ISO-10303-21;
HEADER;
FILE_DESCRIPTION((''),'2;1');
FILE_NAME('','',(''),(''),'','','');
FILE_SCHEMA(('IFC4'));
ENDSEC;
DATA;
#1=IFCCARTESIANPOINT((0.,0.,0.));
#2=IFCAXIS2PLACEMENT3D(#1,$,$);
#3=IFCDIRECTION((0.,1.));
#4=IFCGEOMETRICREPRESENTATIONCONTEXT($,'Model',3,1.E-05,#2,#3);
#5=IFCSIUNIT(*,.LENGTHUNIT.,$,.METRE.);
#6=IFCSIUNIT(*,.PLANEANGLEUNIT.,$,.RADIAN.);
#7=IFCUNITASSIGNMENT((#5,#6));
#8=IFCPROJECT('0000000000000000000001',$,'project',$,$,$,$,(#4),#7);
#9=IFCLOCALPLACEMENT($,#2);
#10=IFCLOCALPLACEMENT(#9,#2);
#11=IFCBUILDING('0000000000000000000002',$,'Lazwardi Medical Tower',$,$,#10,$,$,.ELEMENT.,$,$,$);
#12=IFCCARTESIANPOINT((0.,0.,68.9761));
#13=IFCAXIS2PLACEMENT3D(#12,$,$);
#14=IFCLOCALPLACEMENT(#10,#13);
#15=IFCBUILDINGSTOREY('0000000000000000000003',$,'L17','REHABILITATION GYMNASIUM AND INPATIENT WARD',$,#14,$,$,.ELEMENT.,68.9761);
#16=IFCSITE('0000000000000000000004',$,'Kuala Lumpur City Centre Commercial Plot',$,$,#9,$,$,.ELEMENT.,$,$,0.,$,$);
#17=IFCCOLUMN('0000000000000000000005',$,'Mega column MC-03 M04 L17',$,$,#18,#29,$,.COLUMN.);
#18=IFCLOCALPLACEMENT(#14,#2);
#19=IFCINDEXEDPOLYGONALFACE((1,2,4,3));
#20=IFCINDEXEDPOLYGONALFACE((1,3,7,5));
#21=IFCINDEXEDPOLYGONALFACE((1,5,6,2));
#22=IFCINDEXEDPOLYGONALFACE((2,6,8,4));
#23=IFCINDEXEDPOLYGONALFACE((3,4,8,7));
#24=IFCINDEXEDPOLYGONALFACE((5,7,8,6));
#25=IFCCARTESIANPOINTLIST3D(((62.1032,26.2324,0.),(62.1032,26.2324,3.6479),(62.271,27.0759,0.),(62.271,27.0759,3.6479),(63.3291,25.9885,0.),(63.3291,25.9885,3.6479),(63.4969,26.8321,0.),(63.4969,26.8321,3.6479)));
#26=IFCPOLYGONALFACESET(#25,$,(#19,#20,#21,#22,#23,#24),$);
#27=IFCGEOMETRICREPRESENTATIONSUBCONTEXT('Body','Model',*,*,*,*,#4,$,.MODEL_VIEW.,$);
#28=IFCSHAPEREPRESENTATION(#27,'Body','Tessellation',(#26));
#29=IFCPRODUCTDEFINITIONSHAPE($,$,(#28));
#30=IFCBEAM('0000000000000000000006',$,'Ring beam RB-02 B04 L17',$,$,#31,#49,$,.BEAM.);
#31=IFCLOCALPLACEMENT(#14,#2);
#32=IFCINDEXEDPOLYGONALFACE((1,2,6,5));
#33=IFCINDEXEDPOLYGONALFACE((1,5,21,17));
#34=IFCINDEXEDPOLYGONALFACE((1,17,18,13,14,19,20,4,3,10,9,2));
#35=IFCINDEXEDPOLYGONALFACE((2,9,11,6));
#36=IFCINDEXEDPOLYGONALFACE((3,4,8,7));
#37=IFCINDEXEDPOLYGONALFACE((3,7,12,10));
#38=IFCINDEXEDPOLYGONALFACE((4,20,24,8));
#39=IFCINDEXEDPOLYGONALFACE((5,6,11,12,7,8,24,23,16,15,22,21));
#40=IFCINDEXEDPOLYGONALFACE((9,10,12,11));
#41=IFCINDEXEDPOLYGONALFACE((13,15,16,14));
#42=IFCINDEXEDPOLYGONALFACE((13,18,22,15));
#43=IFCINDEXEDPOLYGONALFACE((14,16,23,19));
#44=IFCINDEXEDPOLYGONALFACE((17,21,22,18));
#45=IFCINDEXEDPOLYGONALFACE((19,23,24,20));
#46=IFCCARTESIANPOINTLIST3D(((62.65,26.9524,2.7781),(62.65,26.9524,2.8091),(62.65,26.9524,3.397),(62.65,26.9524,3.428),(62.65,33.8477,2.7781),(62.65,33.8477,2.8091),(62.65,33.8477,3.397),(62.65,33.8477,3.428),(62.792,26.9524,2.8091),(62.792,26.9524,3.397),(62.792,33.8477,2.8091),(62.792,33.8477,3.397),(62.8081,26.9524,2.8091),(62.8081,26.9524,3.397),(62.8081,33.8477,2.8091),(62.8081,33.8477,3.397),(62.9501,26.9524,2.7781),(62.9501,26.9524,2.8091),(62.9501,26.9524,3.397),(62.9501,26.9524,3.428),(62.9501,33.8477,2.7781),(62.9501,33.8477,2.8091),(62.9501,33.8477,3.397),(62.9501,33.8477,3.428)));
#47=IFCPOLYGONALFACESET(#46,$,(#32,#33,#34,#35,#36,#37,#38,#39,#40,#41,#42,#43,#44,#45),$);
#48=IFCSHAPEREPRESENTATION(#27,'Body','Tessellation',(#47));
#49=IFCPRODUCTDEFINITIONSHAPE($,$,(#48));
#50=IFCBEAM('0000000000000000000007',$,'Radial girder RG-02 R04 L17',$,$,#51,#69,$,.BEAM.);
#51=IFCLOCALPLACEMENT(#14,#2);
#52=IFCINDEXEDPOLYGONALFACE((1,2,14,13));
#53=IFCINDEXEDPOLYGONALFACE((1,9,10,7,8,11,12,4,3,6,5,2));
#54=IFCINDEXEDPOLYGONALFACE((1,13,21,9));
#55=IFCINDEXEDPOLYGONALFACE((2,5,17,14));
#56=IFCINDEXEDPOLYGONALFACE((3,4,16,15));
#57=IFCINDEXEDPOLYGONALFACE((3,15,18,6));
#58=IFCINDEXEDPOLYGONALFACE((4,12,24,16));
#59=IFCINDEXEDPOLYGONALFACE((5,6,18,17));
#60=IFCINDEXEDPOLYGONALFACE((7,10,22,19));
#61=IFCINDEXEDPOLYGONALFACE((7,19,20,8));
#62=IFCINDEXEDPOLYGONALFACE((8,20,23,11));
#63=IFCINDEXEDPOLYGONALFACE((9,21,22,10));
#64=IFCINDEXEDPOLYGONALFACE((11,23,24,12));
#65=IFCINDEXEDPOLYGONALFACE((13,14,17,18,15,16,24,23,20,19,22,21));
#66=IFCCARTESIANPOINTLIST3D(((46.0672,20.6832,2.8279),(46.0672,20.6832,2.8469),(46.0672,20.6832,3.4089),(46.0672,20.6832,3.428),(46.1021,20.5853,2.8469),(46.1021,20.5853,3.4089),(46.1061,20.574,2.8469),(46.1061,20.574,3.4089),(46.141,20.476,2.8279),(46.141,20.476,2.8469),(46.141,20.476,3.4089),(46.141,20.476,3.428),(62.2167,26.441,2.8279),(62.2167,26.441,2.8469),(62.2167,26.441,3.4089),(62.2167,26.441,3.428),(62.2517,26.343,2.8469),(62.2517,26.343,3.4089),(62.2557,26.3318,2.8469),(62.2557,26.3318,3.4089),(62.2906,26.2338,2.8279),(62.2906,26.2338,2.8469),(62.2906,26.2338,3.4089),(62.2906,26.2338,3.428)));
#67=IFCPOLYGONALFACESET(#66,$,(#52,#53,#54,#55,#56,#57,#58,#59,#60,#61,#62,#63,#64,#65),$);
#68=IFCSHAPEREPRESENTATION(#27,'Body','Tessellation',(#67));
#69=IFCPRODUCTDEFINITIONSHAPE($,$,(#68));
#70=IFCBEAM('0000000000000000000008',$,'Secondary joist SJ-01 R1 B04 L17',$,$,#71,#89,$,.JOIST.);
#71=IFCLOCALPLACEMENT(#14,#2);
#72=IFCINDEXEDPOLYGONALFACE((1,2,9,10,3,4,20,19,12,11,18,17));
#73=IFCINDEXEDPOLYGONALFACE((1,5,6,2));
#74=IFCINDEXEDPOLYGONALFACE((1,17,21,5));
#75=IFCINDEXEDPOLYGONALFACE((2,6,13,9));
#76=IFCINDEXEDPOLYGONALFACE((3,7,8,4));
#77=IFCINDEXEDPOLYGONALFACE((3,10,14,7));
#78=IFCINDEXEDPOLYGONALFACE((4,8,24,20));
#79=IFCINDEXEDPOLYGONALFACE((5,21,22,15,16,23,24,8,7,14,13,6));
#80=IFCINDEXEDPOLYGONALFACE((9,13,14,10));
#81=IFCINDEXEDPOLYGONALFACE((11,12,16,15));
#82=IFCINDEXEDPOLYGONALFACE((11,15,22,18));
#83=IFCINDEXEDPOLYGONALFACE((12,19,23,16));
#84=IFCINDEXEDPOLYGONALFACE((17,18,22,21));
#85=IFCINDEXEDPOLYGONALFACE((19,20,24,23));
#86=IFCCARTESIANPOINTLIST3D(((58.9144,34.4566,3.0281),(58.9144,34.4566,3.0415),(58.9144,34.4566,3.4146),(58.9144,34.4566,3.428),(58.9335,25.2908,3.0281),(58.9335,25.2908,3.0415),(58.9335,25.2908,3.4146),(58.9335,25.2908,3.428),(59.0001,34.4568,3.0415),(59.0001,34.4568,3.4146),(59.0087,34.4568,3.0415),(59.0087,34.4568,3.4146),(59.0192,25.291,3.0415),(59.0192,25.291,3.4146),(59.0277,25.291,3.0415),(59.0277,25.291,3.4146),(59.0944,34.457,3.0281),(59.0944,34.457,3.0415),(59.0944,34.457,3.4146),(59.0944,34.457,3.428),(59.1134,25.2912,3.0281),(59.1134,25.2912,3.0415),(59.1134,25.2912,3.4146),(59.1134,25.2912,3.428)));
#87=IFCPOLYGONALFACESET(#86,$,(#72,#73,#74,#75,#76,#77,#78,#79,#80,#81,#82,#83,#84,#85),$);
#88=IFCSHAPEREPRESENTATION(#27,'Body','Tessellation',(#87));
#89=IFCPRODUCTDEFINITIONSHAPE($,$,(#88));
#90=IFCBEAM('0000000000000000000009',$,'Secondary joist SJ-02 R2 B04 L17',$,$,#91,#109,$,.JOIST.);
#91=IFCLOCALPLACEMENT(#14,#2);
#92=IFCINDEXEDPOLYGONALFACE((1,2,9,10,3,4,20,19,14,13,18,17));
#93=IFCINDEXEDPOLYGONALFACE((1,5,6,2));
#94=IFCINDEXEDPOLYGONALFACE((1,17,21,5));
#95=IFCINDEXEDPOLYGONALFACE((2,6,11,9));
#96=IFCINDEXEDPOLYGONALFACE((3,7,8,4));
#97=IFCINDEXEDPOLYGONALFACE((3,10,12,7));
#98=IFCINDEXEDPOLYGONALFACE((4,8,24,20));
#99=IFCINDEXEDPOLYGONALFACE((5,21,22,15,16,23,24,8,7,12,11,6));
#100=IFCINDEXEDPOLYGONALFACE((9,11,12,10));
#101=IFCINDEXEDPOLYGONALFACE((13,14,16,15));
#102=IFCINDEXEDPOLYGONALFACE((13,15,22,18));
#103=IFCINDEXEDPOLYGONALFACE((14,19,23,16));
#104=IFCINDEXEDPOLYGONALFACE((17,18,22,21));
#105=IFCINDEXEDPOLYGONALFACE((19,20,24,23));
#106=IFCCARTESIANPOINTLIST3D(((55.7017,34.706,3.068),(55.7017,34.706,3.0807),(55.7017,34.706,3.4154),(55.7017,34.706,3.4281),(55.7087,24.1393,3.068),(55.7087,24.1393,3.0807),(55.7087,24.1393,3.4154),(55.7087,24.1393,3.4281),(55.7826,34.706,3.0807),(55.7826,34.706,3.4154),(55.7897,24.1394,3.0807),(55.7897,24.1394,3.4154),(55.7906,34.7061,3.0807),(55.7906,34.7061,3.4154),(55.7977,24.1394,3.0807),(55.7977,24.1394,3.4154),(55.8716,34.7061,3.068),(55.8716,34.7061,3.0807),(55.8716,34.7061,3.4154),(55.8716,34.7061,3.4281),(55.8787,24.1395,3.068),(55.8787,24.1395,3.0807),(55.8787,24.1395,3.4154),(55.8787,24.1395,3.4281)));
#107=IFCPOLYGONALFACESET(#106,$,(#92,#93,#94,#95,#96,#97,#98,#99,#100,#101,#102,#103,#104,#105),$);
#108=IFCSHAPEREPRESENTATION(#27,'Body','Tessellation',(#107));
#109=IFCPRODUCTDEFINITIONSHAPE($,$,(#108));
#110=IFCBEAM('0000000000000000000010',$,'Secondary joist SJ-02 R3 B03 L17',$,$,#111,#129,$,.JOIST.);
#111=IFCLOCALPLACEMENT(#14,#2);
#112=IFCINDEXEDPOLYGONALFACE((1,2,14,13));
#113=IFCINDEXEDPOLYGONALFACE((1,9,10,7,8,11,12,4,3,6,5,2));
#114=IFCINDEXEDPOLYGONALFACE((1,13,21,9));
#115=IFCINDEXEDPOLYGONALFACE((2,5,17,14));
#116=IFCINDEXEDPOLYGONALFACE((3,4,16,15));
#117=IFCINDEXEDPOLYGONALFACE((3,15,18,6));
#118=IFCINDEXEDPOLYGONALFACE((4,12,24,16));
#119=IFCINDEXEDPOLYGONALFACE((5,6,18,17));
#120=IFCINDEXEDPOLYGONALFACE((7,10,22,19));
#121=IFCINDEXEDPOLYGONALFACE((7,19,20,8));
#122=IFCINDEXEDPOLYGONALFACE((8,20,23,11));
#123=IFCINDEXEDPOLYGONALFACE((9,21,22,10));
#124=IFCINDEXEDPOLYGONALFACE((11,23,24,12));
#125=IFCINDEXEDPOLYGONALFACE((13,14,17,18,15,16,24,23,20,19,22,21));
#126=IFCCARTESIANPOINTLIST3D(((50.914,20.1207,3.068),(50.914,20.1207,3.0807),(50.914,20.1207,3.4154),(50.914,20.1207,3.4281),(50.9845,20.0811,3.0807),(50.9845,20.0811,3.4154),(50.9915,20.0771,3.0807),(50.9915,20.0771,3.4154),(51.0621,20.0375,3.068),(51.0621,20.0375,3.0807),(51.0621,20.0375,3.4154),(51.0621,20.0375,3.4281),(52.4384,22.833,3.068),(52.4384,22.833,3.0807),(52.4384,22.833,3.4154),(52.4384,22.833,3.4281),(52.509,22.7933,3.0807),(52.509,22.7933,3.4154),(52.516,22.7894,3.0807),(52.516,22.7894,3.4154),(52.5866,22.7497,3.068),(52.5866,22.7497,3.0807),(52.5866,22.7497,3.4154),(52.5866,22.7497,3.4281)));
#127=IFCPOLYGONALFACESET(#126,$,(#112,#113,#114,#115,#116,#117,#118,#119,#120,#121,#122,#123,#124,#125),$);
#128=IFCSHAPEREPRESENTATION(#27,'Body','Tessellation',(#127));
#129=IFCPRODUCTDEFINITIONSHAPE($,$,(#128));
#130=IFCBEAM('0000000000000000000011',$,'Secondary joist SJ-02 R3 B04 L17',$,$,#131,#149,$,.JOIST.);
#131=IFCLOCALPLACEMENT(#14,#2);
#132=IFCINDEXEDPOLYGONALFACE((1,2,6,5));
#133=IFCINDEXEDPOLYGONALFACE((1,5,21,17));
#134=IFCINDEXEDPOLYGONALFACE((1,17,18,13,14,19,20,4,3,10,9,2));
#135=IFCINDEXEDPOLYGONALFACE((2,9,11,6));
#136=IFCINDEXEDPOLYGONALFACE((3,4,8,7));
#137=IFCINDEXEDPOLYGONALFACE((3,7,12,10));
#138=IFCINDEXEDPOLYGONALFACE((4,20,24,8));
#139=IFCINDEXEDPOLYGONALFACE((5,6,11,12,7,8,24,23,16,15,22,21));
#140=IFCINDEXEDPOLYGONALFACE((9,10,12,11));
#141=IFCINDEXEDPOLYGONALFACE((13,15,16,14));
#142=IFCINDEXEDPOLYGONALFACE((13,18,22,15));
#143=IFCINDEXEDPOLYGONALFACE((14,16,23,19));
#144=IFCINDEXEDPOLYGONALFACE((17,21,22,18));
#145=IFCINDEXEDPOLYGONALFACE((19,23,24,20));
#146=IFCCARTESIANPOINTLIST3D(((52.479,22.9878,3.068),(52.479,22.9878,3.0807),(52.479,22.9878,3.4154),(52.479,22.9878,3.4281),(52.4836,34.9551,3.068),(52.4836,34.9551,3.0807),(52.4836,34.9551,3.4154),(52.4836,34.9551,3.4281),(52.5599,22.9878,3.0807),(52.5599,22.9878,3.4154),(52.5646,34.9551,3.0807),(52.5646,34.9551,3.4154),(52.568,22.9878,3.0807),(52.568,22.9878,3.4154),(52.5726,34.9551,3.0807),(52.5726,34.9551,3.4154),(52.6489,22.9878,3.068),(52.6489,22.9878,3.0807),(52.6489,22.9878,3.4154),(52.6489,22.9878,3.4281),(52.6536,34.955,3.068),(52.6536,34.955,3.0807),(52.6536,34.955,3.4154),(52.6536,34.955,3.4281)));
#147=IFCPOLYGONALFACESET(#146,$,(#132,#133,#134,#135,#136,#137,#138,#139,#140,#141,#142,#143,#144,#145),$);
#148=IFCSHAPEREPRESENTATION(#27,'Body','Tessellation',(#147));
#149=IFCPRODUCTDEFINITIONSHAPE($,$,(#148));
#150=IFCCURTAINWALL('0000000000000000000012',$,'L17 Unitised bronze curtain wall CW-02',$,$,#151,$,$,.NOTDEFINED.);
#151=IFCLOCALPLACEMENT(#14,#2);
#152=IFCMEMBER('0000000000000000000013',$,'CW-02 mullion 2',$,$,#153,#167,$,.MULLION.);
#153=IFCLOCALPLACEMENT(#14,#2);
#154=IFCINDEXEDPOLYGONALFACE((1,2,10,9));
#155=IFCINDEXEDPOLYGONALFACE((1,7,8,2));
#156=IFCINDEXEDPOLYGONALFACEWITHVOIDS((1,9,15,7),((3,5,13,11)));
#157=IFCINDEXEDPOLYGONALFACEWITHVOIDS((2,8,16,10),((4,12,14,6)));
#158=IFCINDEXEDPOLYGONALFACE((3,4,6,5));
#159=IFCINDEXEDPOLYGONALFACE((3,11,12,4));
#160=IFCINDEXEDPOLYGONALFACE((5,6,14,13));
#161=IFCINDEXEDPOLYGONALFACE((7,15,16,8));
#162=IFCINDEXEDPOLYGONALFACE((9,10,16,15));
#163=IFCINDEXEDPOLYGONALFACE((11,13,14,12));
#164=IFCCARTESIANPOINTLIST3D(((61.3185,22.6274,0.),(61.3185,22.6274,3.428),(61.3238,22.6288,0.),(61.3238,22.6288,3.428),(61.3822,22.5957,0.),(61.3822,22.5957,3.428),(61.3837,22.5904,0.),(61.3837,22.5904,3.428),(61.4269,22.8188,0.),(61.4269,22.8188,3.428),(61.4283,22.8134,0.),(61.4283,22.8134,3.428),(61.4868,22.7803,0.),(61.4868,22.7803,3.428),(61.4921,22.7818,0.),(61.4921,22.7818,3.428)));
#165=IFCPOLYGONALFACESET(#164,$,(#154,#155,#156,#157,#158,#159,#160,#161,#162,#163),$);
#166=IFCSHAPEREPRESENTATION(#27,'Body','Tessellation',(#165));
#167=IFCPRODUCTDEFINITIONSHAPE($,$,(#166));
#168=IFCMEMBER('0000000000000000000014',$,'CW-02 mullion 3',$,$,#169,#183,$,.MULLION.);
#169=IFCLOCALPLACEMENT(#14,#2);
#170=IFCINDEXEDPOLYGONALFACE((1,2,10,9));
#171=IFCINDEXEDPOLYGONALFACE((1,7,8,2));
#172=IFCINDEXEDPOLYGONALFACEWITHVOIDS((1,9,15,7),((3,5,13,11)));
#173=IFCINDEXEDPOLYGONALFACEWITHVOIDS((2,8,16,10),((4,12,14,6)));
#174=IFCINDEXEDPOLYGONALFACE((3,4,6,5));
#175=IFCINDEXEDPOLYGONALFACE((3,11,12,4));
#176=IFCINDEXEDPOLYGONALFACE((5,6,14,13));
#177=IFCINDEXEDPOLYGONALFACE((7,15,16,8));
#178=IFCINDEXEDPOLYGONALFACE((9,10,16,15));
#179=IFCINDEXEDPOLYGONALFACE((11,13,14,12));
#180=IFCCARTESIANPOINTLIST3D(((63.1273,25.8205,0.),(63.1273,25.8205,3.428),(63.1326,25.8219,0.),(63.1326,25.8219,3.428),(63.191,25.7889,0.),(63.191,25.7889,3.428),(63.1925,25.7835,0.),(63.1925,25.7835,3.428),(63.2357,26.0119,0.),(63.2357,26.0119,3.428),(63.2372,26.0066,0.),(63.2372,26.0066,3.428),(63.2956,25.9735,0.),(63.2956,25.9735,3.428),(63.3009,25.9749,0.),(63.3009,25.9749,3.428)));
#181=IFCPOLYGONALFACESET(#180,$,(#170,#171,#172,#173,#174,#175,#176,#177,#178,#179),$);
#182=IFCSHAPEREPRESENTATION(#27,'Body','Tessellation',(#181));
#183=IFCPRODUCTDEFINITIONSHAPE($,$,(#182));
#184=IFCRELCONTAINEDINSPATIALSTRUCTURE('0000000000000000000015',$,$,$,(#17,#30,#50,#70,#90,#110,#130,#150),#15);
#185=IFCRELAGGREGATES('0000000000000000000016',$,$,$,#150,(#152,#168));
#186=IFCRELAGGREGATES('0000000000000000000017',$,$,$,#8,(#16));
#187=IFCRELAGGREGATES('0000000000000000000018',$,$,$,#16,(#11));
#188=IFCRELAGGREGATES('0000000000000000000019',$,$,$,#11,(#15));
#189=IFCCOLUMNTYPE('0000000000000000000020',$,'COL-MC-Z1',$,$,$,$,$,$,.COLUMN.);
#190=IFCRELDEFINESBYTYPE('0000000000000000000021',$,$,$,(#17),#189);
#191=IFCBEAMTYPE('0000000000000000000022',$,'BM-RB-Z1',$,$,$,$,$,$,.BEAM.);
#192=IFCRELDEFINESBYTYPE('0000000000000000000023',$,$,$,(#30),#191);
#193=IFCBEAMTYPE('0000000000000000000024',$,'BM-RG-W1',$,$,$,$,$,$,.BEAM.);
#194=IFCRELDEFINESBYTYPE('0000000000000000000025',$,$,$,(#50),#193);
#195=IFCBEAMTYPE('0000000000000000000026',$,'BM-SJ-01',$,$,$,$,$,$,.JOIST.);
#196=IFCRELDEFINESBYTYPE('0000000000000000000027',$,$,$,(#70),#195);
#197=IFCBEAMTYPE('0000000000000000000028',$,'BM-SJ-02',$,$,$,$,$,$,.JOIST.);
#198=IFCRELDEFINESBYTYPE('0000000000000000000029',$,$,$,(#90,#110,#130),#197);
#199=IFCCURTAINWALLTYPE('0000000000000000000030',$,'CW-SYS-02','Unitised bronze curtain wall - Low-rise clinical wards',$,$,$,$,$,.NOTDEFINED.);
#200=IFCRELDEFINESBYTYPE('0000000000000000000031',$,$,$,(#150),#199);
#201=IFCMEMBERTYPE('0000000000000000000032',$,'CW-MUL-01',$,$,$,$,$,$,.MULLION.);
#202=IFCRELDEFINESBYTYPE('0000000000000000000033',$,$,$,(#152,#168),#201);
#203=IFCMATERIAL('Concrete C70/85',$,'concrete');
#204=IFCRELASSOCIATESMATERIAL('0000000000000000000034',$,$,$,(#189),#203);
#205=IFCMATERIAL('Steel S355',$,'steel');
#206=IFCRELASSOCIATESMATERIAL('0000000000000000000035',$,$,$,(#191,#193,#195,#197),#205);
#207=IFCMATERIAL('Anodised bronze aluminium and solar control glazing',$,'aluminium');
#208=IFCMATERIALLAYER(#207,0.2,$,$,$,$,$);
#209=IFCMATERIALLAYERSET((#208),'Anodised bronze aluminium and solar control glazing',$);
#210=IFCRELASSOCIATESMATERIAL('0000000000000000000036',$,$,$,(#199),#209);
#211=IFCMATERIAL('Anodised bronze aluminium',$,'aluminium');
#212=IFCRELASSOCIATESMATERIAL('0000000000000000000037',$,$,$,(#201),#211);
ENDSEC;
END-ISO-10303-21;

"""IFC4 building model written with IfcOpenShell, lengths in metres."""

from ifc_helpers import new_model, si_unit, direction, frame, origin, origin_2d, place, context, subcontext, project, spatial, rectangle, hollow_rectangle, i_section, extrude, material, layer, layer_set, material_profile, profile_set, type_object, element, aggregate, save


model = new_model("IFC4")

# Units and contexts
model_context = context("Model", 3, precision=1e-05, world=origin(), true_north=direction((0.0, 1.0)))
body_context = subcontext(model_context, "Body", "Model", "MODEL_VIEW")
ifc_project = project(units=[si_unit("LENGTHUNIT", "METRE"), si_unit("PLANEANGLEUNIT", "RADIAN")], contexts=[model_context])

# Site, building, storey
site_placement = place(None, origin())
site = spatial("IfcSite", under=ifc_project, at=site_placement, Name="Kuala Lumpur City Centre Commercial Plot", CompositionType="ELEMENT", RefElevation=0.0)
building_placement = place(site_placement, origin())
building = spatial("IfcBuilding", under=site, at=building_placement, Name="Lazwardi Medical Tower", CompositionType="ELEMENT")
storey_placement = place(building_placement, frame((0.0, 0.0, 68.9761)))
storey = spatial("IfcBuildingStorey", under=building, at=storey_placement, Name="L17", Description="REHABILITATION GYMNASIUM AND INPATIENT WARD", CompositionType="ELEMENT", Elevation=68.9761)

# Column
ifc_material_1 = material(Name="Concrete C70/85", Category="concrete")
ifc_material_profile_1 = material_profile(ifc_material_1, rectangle(XDim=1.25, YDim=0.8601, at=origin_2d()), Name="CFT-RECT 1250x860")
ifc_profile_set_1 = profile_set([ifc_material_profile_1], Name="Concrete C70/85")
column_type = type_object("IfcColumnType", Name="COL-MC-Z1", PredefinedType="COLUMN", material=ifc_profile_set_1)
column_placement = place(storey_placement, frame((62.8, 26.5322, 0.0), z_axis=(0.0, 0.0, 1.0), x_axis=(0.980785, -0.19509, 0.0)))
element("IfcColumn", 1, at=column_placement, inside=storey, type_object=column_type, Name="Mega column MC-03 M04 L17", PredefinedType="COLUMN", context=body_context, shape_type="SweptSolid", body=[
    extrude(rectangle(XDim=1.25, YDim=0.8601, at=origin_2d()), origin(), (0.0, 0.0, 1.0), 3.6479),
])

# Beams
ifc_material_2 = material(Name="Steel S355", Category="steel")
ifc_material_profile_2 = material_profile(ifc_material_2, i_section(OverallWidth=0.3, OverallDepth=0.6499, WebThickness=0.0161, FlangeThickness=0.031, at=origin_2d()), Name="HEB 650")
ifc_profile_set_2 = profile_set([ifc_material_profile_2], Name="Steel S355")
beam_type_1 = type_object("IfcBeamType", Name="BM-RB-Z1", PredefinedType="BEAM", material=ifc_profile_set_2)
beam_1_placement = place(storey_placement, frame((62.8, 26.9524, 3.103), z_axis=(0.0, 1.0, 0.0), x_axis=(-1.0, 0.0, 0.0)))
element("IfcBeam", 2, at=beam_1_placement, inside=storey, type_object=beam_type_1, Name="Ring beam RB-02 B04 L17", PredefinedType="BEAM", context=body_context, shape_type="SweptSolid", body=[
    extrude(i_section(OverallWidth=0.3, OverallDepth=0.6499, WebThickness=0.0161, FlangeThickness=0.031, at=origin_2d()), origin(), (0.0, 0.0, 1.0), 6.8953),
])
ifc_material_profile_3 = material_profile(ifc_material_2, i_section(OverallWidth=0.22, OverallDepth=0.6001, WebThickness=0.012, FlangeThickness=0.019, at=origin_2d()), Name="IPE 600")
ifc_profile_set_3 = profile_set([ifc_material_profile_3], Name="Steel S355")
beam_type_2 = type_object("IfcBeamType", Name="BM-RG-W1", PredefinedType="BEAM", material=ifc_profile_set_3)
beam_2_placement = place(storey_placement, frame((62.2537, 26.3374, 3.1279), z_axis=(-0.941925, -0.335823, 0.0), x_axis=(0.335823, -0.941925, 0.0)))
element("IfcBeam", 3, at=beam_2_placement, inside=storey, type_object=beam_type_2, Name="Radial girder RG-02 R04 L17", PredefinedType="BEAM", context=body_context, shape_type="SweptSolid", body=[
    extrude(i_section(OverallWidth=0.22, OverallDepth=0.6001, WebThickness=0.012, FlangeThickness=0.019, at=origin_2d()), origin(), (0.0, 0.0, 1.0), 17.1453),
])
ifc_material_profile_4 = material_profile(ifc_material_2, i_section(OverallWidth=0.1799, OverallDepth=0.3999, WebThickness=0.0085, FlangeThickness=0.0134, at=origin_2d()), Name="IPE 400")
ifc_profile_set_4 = profile_set([ifc_material_profile_4], Name="Steel S355")
beam_type_3 = type_object("IfcBeamType", Name="BM-SJ-01", PredefinedType="JOIST", material=ifc_profile_set_4)
beam_3_placement = place(storey_placement, frame((59.0234, 25.291, 3.228), z_axis=(-0.002078, 0.999998, 0.0), x_axis=(-0.999998, -0.002078, 0.0)))
element("IfcBeam", 4, at=beam_3_placement, inside=storey, type_object=beam_type_3, Name="Secondary joist SJ-01 R1 B04 L17", PredefinedType="JOIST", context=body_context, shape_type="SweptSolid", body=[
    extrude(i_section(OverallWidth=0.1799, OverallDepth=0.3999, WebThickness=0.0085, FlangeThickness=0.0134, at=origin_2d()), origin(), (0.0, 0.0, 1.0), 9.1658),
])
ifc_material_profile_5 = material_profile(ifc_material_2, i_section(OverallWidth=0.1699, OverallDepth=0.3601, WebThickness=0.0081, FlangeThickness=0.0127, at=origin_2d()), Name="IPE 360")
ifc_profile_set_5 = profile_set([ifc_material_profile_5], Name="Steel S355")
beam_type_4 = type_object("IfcBeamType", Name="BM-SJ-02", PredefinedType="JOIST", material=ifc_profile_set_5)
beam_4_placement = place(storey_placement, frame((55.7937, 24.1394, 3.248), z_axis=(-0.00067, 1.0, 0.0), x_axis=(-1.0, -0.00067, 0.0)))
element("IfcBeam", 5, at=beam_4_placement, inside=storey, type_object=beam_type_4, Name="Secondary joist SJ-02 R2 B04 L17", PredefinedType="JOIST", context=body_context, shape_type="SweptSolid", body=[
    extrude(i_section(OverallWidth=0.1699, OverallDepth=0.3601, WebThickness=0.0081, FlangeThickness=0.0127, at=origin_2d()), origin(), (0.0, 0.0, 1.0), 10.5667),
])
beam_5_placement = place(storey_placement, frame((50.988, 20.0791, 3.248), z_axis=(0.489974, 0.871737, 0.0), x_axis=(-0.871737, 0.489974, 0.0)))
element("IfcBeam", 6, at=beam_5_placement, inside=storey, type_object=beam_type_4, Name="Secondary joist SJ-02 R3 B03 L17", PredefinedType="JOIST", context=body_context, shape_type="SweptSolid", body=[
    extrude(i_section(OverallWidth=0.1699, OverallDepth=0.3601, WebThickness=0.0081, FlangeThickness=0.0127, at=origin_2d()), origin(), (0.0, 0.0, 1.0), 3.1113),
])
beam_6_placement = place(storey_placement, frame((52.564, 22.9878, 3.248), z_axis=(0.000388, 1.0, 0.0), x_axis=(-1.0, 0.000388, 0.0)))
element("IfcBeam", 7, at=beam_6_placement, inside=storey, type_object=beam_type_4, Name="Secondary joist SJ-02 R3 B04 L17", PredefinedType="JOIST", context=body_context, shape_type="SweptSolid", body=[
    extrude(i_section(OverallWidth=0.1699, OverallDepth=0.3601, WebThickness=0.0081, FlangeThickness=0.0127, at=origin_2d()), origin(), (0.0, 0.0, 1.0), 11.9673),
])

# Curtain wall, members
ifc_material_3 = material(Name="Anodised bronze aluminium and solar control glazing", Category="aluminium")
ifc_layer_1 = layer(ifc_material_3, 0.2)
ifc_layer_set_1 = layer_set([ifc_layer_1], Name="Anodised bronze aluminium and solar control glazing")
curtain_wall_type = type_object("IfcCurtainWallType", Name="CW-SYS-02", Description="Unitised bronze curtain wall - Low-rise clinical wards", PredefinedType="NOTDEFINED", material=ifc_layer_set_1)
curtain_wall_1_placement = place(storey_placement, origin())
curtain_wall_1 = element("IfcCurtainWall", 8, at=curtain_wall_1_placement, inside=storey, type_object=curtain_wall_type, Name="L17 Unitised bronze curtain wall CW-02", PredefinedType="NOTDEFINED")
ifc_material_4 = material(Name="Anodised bronze aluminium", Category="aluminium")
ifc_material_profile_6 = material_profile(ifc_material_4, hollow_rectangle(XDim=0.075, YDim=0.22, WallThickness=0.0039, at=origin_2d()), Name="ALU-MULLION 220x75x4")
ifc_profile_set_6 = profile_set([ifc_material_profile_6], Name="Anodised bronze aluminium")
member_type_1 = type_object("IfcMemberType", Name="CW-MUL-01", PredefinedType="MULLION", material=ifc_profile_set_6)
member_1_placement = place(storey_placement, frame((61.4053, 22.7046, 0.0), z_axis=(0.0, 0.0, 1.0), x_axis=(-0.870112, 0.492854, 0.0)))
member_1 = element("IfcMember", 9, at=member_1_placement, type_object=member_type_1, Name="CW-02 mullion 2", PredefinedType="MULLION", context=body_context, shape_type="SweptSolid", body=[
    extrude(hollow_rectangle(XDim=0.075, YDim=0.22, WallThickness=0.0039, at=origin_2d()), origin(), (0.0, 0.0, 1.0), 3.428),
])
member_2_placement = place(storey_placement, frame((63.2141, 25.8977, 0.0), z_axis=(0.0, 0.0, 1.0), x_axis=(-0.870112, 0.492854, 0.0)))
member_2 = element("IfcMember", 10, at=member_2_placement, type_object=member_type_1, Name="CW-02 mullion 3", PredefinedType="MULLION", context=body_context, shape_type="SweptSolid", body=[
    extrude(hollow_rectangle(XDim=0.075, YDim=0.22, WallThickness=0.0039, at=origin_2d()), origin(), (0.0, 0.0, 1.0), 3.428),
])

aggregate(curtain_wall_1, [member_1, member_2])

save(model, "model.ifc")
